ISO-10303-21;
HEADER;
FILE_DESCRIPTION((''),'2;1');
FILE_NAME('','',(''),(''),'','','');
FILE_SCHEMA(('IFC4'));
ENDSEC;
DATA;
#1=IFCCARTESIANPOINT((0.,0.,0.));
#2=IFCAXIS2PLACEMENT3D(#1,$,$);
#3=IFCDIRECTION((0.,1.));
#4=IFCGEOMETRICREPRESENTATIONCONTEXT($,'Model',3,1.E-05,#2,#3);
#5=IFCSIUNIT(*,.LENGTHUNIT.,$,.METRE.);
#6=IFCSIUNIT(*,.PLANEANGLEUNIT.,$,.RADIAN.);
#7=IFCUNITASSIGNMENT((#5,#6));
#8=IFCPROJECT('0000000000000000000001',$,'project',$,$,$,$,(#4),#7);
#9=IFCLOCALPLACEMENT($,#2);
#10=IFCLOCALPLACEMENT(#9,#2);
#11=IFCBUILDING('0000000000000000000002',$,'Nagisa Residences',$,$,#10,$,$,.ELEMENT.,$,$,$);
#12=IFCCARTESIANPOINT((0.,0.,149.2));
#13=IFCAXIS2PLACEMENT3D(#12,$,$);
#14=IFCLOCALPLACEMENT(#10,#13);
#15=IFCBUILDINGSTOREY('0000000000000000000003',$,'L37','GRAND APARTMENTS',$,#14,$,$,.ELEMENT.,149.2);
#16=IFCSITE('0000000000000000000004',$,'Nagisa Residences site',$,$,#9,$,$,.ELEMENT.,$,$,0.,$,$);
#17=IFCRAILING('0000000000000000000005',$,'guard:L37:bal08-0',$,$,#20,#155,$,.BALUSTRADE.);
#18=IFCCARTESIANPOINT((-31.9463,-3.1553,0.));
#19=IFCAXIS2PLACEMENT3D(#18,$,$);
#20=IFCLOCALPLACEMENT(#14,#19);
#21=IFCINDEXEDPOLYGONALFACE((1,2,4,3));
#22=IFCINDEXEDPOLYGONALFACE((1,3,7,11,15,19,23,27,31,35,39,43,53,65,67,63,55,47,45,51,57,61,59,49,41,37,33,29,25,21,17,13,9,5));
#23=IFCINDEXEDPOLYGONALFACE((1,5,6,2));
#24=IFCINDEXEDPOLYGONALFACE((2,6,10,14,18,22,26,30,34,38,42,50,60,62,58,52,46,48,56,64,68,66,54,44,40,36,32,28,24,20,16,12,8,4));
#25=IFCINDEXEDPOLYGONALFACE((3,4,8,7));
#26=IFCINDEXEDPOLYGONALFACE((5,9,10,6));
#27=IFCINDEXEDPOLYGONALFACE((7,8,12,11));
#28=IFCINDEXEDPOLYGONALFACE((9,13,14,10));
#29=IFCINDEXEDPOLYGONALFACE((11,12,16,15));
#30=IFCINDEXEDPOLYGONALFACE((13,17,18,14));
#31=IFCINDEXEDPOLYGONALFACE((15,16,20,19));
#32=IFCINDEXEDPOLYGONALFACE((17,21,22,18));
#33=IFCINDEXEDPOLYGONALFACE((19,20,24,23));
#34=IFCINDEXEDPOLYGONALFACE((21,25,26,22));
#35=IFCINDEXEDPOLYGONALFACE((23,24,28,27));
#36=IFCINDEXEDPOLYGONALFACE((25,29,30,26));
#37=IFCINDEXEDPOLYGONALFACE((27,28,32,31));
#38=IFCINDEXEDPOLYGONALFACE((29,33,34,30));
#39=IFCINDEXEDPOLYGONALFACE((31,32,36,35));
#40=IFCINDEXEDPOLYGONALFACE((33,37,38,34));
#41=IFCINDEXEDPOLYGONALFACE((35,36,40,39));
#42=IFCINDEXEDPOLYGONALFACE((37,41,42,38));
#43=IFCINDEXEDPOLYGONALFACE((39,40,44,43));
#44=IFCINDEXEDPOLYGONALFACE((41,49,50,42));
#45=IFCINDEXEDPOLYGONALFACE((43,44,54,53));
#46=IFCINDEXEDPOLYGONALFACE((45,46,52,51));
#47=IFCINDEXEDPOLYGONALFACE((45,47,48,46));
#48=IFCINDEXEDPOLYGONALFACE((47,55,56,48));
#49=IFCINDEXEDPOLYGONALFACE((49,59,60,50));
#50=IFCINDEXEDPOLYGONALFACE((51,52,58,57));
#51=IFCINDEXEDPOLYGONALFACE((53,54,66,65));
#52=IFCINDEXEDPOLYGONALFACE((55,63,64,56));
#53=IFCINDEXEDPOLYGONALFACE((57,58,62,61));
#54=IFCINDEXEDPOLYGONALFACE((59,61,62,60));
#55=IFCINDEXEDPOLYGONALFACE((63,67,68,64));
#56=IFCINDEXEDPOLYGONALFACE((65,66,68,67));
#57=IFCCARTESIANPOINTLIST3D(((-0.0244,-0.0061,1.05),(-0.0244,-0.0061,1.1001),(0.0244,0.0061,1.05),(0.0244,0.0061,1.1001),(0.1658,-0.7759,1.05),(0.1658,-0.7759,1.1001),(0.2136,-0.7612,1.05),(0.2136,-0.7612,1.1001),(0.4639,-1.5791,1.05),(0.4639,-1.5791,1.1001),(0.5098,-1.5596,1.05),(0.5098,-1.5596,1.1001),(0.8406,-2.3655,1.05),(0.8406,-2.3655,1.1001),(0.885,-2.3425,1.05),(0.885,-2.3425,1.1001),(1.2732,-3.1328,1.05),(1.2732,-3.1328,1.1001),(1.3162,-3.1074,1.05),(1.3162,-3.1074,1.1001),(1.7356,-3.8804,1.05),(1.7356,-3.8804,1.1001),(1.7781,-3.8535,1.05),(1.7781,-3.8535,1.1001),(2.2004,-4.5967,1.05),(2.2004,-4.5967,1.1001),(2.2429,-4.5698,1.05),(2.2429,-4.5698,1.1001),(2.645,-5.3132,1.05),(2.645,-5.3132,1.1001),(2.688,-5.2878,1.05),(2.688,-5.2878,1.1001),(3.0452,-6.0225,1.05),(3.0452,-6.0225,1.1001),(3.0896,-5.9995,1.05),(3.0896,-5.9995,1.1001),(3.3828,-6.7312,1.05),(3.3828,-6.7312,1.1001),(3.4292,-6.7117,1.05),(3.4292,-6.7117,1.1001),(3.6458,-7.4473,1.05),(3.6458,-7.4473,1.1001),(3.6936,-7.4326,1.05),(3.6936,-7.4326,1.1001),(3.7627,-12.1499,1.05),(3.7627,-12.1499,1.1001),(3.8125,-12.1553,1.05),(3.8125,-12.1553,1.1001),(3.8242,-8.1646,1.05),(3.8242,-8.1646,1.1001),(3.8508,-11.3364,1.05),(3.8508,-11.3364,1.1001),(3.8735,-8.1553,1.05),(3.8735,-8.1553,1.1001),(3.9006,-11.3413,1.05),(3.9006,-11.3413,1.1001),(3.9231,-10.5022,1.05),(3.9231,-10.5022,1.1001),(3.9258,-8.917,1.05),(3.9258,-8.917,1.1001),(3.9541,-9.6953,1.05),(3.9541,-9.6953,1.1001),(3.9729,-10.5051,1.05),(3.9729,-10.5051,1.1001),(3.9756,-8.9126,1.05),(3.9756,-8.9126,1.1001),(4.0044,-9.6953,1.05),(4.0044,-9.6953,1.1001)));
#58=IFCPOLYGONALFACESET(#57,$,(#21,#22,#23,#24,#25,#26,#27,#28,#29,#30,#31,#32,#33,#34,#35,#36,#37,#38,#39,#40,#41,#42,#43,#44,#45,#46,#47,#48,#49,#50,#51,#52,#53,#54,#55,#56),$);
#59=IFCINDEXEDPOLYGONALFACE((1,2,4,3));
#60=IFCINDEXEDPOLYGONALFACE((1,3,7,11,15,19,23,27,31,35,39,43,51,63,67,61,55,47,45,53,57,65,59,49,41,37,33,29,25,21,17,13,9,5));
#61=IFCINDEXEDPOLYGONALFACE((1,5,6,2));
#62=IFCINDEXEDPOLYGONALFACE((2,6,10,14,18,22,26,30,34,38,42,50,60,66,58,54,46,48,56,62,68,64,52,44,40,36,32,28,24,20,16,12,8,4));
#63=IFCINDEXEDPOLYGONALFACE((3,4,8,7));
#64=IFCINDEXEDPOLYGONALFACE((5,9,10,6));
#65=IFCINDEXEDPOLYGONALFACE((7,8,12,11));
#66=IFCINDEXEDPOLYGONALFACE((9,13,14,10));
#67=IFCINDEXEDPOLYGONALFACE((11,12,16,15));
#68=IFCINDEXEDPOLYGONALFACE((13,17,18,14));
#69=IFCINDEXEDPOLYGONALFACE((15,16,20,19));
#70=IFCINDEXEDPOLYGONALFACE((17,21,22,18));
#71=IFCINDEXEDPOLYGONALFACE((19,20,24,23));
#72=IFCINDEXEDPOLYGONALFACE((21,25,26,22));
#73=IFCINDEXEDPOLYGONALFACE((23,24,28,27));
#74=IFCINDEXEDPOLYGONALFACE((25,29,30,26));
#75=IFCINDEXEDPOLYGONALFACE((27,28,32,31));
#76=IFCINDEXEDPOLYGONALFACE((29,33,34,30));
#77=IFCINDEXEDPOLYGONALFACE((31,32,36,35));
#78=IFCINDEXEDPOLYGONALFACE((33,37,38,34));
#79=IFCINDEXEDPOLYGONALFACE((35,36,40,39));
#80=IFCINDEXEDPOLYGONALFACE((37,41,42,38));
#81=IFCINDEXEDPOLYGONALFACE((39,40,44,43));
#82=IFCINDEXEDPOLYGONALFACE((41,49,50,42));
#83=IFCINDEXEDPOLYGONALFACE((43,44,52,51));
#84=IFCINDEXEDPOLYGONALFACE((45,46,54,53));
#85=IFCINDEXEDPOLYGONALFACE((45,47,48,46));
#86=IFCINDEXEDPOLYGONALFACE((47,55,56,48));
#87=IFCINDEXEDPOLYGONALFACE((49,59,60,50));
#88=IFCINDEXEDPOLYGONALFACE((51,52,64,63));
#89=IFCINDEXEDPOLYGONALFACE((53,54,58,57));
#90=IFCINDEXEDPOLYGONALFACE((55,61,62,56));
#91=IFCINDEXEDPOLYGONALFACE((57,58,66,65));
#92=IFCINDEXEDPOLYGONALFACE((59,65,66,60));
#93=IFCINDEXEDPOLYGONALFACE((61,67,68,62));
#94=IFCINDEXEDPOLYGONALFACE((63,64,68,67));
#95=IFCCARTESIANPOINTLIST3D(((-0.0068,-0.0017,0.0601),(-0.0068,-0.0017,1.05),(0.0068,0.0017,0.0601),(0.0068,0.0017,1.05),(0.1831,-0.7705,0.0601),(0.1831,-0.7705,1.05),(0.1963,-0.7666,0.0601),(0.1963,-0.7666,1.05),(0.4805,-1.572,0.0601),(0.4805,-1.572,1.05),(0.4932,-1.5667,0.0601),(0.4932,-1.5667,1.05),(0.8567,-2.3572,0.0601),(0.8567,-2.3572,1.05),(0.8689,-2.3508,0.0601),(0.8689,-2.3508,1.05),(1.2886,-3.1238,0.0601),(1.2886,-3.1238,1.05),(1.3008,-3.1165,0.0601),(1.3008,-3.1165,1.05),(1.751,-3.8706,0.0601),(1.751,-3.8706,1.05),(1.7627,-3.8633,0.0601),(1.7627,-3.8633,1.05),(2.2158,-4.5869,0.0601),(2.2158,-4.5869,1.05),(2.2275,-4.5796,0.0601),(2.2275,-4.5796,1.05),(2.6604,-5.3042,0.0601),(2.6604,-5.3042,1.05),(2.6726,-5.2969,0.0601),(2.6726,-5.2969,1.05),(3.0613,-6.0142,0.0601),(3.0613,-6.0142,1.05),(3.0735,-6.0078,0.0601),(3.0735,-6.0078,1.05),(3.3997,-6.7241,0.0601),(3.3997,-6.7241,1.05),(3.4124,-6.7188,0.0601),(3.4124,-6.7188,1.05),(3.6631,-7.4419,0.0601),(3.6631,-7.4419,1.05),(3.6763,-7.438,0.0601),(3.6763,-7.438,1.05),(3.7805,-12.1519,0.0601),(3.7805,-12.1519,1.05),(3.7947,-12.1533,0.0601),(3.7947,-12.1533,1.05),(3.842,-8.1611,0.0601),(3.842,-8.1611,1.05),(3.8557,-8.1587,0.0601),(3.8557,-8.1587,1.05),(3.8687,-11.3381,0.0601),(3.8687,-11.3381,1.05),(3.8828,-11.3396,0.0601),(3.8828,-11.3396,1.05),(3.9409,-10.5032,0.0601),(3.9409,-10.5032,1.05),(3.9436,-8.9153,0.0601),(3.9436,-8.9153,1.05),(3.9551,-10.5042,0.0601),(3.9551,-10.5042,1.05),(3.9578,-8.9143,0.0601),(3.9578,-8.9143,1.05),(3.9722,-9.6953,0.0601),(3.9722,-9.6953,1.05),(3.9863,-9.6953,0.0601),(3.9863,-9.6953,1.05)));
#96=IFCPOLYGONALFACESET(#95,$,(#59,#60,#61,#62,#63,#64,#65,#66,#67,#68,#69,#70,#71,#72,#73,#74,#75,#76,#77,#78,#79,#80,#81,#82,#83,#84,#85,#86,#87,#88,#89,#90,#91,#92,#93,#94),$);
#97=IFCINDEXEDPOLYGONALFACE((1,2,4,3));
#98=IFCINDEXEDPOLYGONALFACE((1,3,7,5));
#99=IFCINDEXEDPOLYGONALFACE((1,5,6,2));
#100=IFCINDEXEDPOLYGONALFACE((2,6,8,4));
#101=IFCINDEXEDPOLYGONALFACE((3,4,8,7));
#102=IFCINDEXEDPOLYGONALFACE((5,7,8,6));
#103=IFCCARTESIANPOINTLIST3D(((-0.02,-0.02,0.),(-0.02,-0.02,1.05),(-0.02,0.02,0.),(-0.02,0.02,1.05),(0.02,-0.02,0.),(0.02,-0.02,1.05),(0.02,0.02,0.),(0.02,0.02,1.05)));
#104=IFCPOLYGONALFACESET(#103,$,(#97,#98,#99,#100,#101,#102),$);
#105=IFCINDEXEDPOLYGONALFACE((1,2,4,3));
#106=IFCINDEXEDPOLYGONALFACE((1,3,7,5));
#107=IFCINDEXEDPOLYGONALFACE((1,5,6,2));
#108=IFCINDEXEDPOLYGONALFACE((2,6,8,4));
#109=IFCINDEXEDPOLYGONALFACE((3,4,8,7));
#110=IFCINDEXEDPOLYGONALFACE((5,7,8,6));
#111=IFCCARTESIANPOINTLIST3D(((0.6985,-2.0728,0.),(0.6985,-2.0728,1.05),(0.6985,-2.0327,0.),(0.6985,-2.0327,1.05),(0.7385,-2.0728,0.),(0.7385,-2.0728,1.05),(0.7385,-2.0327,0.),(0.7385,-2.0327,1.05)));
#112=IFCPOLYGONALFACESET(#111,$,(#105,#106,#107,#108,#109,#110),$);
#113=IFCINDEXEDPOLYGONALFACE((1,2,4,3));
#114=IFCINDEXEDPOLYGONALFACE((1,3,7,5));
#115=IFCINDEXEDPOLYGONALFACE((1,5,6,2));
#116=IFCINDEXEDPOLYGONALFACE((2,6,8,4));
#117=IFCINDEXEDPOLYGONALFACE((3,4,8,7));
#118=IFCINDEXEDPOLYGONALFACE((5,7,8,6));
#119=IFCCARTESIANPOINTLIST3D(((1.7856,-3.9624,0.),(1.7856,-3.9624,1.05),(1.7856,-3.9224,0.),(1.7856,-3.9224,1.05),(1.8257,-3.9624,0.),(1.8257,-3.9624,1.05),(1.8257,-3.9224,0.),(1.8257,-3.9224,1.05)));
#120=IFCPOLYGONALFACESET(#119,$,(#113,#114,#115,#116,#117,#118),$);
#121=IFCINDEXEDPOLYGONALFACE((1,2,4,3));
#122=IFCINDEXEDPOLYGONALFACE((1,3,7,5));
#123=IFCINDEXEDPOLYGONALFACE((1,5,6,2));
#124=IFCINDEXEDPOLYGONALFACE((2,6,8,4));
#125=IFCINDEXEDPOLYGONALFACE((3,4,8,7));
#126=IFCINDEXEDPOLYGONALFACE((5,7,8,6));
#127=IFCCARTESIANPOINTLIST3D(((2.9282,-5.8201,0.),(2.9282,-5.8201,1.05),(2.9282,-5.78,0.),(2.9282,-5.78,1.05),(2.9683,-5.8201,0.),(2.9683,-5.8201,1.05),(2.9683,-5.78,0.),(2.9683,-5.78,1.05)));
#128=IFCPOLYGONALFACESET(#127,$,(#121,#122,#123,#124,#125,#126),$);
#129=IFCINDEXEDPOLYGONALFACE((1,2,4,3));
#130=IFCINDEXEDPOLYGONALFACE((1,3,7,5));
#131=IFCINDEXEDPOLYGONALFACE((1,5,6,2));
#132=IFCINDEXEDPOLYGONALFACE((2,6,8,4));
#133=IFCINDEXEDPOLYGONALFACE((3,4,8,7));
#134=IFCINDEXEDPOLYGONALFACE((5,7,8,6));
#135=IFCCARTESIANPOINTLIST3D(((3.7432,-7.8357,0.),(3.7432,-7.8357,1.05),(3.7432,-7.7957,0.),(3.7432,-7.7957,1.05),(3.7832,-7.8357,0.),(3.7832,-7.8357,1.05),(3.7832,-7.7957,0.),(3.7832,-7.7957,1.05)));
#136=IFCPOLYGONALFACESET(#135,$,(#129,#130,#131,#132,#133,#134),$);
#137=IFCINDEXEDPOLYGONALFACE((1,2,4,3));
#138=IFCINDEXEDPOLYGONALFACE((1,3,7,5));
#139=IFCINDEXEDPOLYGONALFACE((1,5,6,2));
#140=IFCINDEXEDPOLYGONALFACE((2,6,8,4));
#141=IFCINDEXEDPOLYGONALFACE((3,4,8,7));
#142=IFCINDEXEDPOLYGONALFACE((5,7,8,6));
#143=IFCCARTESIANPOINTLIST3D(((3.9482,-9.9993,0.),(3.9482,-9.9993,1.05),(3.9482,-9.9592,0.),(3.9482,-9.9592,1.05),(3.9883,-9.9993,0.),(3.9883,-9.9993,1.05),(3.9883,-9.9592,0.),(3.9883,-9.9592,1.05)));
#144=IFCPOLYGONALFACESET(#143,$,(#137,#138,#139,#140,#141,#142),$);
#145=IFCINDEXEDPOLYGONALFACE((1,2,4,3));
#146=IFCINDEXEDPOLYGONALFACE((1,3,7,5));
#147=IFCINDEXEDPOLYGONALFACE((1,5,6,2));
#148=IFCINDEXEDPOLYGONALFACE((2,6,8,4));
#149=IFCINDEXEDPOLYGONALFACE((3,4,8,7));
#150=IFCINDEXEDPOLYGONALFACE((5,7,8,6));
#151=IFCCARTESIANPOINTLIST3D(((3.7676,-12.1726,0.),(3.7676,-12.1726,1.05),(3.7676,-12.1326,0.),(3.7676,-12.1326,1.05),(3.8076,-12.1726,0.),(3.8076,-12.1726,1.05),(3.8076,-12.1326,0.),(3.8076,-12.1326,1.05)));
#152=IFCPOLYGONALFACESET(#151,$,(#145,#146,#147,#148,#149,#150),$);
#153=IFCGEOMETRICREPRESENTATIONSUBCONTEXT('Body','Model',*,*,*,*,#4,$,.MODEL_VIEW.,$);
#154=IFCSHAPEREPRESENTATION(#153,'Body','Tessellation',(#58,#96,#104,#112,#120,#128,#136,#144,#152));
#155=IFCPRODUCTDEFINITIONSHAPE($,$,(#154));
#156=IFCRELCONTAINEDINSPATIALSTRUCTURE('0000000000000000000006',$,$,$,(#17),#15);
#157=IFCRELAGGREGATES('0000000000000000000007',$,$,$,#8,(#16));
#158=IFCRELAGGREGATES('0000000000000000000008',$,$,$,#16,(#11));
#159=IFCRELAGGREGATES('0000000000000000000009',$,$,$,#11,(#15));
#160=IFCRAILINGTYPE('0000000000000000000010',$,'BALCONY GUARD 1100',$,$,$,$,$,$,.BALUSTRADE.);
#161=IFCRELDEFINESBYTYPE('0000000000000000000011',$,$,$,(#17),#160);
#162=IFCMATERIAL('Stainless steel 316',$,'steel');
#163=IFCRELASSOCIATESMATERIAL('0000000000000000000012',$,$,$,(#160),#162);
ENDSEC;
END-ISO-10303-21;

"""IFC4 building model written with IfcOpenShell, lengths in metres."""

from ifc_helpers import new_model, si_unit, direction, frame, origin, origin_2d, place, context, subcontext, project, spatial, polyline, rectangle, outline, extrude, material, type_object, element, save


model = new_model("IFC4")

# Units and contexts
model_context = context("Model", 3, precision=1e-05, world=origin(), true_north=direction((0.0, 1.0)))
body_context = subcontext(model_context, "Body", "Model", "MODEL_VIEW")
ifc_project = project(units=[si_unit("LENGTHUNIT", "METRE"), si_unit("PLANEANGLEUNIT", "RADIAN")], contexts=[model_context])

# Site, building, storey
site_placement = place(None, origin())
site = spatial("IfcSite", under=ifc_project, at=site_placement, Name="Nagisa Residences site", CompositionType="ELEMENT", RefElevation=0.0)
building_placement = place(site_placement, origin())
building = spatial("IfcBuilding", under=site, at=building_placement, Name="Nagisa Residences", CompositionType="ELEMENT")
storey_placement = place(building_placement, frame((0.0, 0.0, 149.2)))
storey = spatial("IfcBuildingStorey", under=building, at=storey_placement, Name="L37", Description="GRAND APARTMENTS", CompositionType="ELEMENT", Elevation=149.2)

# Railing
ifc_material_1 = material(Name="Stainless steel 316", Category="steel")
railing_type = type_object("IfcRailingType", Name="BALCONY GUARD 1100", PredefinedType="BALUSTRADE", material=ifc_material_1)
railing_1_placement = place(storey_placement, frame((-31.9463, -3.1553, 0.0)))
element("IfcRailing", 1, at=railing_1_placement, inside=storey, type_object=railing_type, Name="guard:L37:bal08-0", PredefinedType="BALUSTRADE", context=body_context, shape_type="SweptSolid", body=[
    extrude(outline(polyline([(0.2136, -0.7612), (0.0244, 0.0061), (-0.0244, -0.0061), (0.1658, -0.7759), (0.4639, -1.5791), (0.8406, -2.3655), (1.2732, -3.1328), (1.7356, -3.8804), (2.2004, -4.5967), (2.645, -5.3132), (3.0452, -6.0225), (3.3828, -6.7312), (3.6458, -7.4473), (3.8242, -8.1646), (3.9258, -8.917), (3.9541, -9.6953), (3.9231, -10.5022), (3.8508, -11.3364), (3.7627, -12.1499), (3.8125, -12.1553), (3.9006, -11.3413), (3.9729, -10.5051), (4.0044, -9.6953), (3.9756, -8.9126), (3.8735, -8.1553), (3.6936, -7.4326), (3.4292, -6.7117), (3.0896, -5.9995), (2.688, -5.2878), (2.2429, -4.5698), (1.7781, -3.8535), (1.3162, -3.1074), (0.885, -2.3425), (0.5098, -1.5596), (0.2136, -0.7612)])), frame((0.0, 0.0, 1.05)), (0.0, 0.0, 1.0), 0.05),
    extrude(outline(polyline([(0.1963, -0.7666), (0.0068, 0.0017), (-0.0068, -0.0017), (0.1831, -0.7705), (0.4805, -1.572), (0.8567, -2.3572), (1.2886, -3.1238), (1.751, -3.8706), (2.2158, -4.5869), (2.6604, -5.3042), (3.0613, -6.0142), (3.3997, -6.7241), (3.6631, -7.4419), (3.842, -8.1611), (3.9436, -8.9153), (3.9722, -9.6953), (3.9409, -10.5032), (3.8687, -11.3381), (3.7805, -12.1519), (3.7947, -12.1533), (3.8828, -11.3396), (3.9551, -10.5042), (3.9863, -9.6953), (3.9578, -8.9143), (3.8557, -8.1587), (3.6763, -7.438), (3.4124, -6.7188), (3.0735, -6.0078), (2.6726, -5.2969), (2.2275, -4.5796), (1.7627, -3.8633), (1.3008, -3.1165), (0.8689, -2.3508), (0.4932, -1.5667), (0.1963, -0.7666)])), frame((0.0, 0.0, 0.0601)), (0.0, 0.0, 1.0), 0.99),
    extrude(rectangle(XDim=0.04, YDim=0.04, at=origin_2d()), origin(), (0.0, 0.0, 1.0), 1.05),
    extrude(rectangle(XDim=0.04, YDim=0.04, at=origin_2d()), frame((0.7185, -2.0527, 0.0)), (0.0, 0.0, 1.0), 1.05),
    extrude(rectangle(XDim=0.04, YDim=0.04, at=origin_2d()), frame((1.8057, -3.9424, 0.0)), (0.0, 0.0, 1.0), 1.05),
    extrude(rectangle(XDim=0.04, YDim=0.04, at=origin_2d()), frame((2.9482, -5.8, 0.0)), (0.0, 0.0, 1.0), 1.05),
    extrude(rectangle(XDim=0.04, YDim=0.04, at=origin_2d()), frame((3.7632, -7.8157, 0.0)), (0.0, 0.0, 1.0), 1.05),
    extrude(rectangle(XDim=0.04, YDim=0.04, at=origin_2d()), frame((3.9683, -9.9792, 0.0)), (0.0, 0.0, 1.0), 1.05),
    extrude(rectangle(XDim=0.04, YDim=0.04, at=origin_2d()), frame((3.7876, -12.1526, 0.0)), (0.0, 0.0, 1.0), 1.05),
])

save(model, "model.ifc")
